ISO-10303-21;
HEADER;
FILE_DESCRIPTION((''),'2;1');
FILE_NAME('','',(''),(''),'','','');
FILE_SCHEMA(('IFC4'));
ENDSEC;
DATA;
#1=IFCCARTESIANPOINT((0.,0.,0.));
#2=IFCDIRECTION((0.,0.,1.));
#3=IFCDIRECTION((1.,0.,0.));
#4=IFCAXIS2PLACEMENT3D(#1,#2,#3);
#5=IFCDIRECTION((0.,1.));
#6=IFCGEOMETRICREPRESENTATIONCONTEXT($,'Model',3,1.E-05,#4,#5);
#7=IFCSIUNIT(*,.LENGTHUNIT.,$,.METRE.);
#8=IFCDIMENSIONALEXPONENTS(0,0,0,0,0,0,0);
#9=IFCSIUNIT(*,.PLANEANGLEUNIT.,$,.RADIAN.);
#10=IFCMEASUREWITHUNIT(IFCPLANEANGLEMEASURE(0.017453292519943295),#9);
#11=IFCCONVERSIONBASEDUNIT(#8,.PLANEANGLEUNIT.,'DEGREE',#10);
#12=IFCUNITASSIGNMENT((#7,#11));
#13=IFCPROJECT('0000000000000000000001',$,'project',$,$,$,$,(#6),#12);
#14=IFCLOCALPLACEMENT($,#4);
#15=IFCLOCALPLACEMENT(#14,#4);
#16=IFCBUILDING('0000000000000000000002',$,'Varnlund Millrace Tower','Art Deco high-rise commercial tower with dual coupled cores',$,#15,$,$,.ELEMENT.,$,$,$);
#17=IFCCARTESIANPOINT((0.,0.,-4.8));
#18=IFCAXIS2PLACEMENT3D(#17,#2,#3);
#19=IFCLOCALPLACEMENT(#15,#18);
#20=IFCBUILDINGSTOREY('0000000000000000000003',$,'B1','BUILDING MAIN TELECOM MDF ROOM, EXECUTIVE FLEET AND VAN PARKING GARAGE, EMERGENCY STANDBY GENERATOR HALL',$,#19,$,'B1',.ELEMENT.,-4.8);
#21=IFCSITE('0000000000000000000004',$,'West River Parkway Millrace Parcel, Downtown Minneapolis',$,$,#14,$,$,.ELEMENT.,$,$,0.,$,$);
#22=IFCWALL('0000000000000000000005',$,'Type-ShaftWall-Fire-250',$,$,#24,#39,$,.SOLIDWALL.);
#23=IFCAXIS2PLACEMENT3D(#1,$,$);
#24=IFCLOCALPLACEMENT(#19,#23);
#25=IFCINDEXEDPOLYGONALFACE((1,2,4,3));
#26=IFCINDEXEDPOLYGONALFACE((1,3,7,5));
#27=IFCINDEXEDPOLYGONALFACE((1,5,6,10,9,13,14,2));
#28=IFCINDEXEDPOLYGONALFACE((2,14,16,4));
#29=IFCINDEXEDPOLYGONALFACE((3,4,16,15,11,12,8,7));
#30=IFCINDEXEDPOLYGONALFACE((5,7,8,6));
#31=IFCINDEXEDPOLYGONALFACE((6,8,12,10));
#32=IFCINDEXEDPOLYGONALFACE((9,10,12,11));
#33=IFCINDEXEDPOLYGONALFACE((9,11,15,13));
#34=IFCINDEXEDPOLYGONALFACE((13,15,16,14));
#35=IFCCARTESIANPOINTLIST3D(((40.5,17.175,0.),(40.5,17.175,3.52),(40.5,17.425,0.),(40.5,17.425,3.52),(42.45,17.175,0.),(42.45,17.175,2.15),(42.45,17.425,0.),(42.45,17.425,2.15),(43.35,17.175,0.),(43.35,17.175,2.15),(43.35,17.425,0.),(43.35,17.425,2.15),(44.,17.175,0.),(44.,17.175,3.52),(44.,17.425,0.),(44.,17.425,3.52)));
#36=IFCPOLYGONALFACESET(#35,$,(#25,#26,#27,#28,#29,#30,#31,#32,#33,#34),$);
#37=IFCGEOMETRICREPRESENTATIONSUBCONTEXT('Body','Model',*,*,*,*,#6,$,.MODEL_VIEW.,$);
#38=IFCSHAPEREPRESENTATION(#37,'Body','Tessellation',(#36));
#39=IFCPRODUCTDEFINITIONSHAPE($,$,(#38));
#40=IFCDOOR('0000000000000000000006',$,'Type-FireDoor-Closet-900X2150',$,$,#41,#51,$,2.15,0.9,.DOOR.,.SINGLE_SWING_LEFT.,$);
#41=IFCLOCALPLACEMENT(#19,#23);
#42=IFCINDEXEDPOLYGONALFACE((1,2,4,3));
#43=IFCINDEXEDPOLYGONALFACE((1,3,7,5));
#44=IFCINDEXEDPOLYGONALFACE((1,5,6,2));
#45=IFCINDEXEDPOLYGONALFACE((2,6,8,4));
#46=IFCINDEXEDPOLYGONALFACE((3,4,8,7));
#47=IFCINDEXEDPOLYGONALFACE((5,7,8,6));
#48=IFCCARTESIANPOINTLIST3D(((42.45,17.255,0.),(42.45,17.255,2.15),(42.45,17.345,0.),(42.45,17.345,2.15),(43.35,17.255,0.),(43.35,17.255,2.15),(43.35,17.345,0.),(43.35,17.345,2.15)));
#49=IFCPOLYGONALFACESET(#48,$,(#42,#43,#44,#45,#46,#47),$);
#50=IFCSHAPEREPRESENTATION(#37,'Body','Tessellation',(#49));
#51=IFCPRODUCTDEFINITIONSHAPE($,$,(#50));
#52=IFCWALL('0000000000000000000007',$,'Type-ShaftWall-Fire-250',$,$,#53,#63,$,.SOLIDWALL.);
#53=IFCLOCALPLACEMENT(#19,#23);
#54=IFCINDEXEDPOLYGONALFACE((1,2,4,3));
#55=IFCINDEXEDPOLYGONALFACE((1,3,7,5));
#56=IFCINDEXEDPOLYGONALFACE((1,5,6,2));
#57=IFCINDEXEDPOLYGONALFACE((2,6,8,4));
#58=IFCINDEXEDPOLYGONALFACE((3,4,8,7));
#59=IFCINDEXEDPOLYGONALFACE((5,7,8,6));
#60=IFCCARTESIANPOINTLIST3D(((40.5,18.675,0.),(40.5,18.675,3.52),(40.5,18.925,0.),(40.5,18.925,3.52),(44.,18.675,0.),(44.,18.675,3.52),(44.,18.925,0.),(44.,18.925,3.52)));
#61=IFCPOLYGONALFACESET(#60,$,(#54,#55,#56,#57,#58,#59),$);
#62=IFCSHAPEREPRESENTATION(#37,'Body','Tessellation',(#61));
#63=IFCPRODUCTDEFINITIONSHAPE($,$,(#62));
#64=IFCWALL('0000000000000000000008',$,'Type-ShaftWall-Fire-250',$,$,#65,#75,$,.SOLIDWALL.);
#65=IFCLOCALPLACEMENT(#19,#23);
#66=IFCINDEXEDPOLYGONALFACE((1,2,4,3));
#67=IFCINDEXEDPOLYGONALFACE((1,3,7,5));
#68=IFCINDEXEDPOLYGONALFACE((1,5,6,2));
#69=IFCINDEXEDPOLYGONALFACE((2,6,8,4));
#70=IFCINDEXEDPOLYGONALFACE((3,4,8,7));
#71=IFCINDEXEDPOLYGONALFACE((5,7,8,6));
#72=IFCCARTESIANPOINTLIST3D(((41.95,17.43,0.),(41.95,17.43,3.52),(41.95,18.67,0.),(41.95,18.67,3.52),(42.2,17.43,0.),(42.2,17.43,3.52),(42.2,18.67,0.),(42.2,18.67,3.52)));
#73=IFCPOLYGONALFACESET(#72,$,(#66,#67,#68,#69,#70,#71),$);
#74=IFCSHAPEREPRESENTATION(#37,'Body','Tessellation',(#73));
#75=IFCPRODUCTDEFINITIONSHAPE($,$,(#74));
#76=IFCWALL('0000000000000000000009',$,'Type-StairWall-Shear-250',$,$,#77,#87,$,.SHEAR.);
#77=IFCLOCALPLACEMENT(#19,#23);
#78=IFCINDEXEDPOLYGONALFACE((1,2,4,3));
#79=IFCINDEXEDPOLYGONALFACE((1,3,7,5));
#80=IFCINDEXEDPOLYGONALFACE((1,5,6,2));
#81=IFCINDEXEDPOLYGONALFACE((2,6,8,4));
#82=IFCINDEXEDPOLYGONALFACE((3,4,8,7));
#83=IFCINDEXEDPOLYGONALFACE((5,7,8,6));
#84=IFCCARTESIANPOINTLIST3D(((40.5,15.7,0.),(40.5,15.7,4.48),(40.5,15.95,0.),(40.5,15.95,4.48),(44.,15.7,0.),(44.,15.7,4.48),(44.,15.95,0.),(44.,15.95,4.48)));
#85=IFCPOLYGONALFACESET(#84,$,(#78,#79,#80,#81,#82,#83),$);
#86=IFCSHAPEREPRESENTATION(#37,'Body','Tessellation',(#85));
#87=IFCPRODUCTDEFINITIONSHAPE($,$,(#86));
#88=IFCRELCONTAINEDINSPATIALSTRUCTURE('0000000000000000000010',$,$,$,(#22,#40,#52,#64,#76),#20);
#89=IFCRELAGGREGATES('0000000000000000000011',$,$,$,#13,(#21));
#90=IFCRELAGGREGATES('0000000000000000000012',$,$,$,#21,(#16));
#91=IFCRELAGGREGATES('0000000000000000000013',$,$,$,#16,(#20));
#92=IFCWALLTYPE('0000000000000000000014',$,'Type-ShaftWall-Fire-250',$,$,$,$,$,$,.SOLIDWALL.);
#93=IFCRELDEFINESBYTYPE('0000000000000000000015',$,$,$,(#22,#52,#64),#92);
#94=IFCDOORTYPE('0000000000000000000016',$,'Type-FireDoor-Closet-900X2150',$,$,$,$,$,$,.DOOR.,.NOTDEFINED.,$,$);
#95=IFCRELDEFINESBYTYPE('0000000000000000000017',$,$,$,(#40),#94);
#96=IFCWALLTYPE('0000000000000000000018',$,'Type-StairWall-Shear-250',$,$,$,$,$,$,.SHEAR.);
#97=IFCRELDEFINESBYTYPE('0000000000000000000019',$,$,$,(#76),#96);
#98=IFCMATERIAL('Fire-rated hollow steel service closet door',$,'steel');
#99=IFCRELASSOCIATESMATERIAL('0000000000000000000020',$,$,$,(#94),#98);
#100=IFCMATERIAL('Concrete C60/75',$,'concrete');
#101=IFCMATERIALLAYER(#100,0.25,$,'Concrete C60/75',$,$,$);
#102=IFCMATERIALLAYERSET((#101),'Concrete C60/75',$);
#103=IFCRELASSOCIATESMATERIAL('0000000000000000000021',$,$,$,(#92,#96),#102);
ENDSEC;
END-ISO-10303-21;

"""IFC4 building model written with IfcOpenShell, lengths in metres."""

from ifc_helpers import new_model, entity, si_unit, converted_unit, direction, frame, origin_with_axes, origin_2d_with_axis, place, context, subcontext, project, spatial, polyline, rectangle, outline, extrude, material, layer, layer_set, type_object, element, fill, save


model = new_model("IFC4")

# Units and contexts
model_context = context("Model", 3, precision=1e-05, world=origin_with_axes(), true_north=direction((0.0, 1.0)))
body_context = subcontext(model_context, "Body", "Model", "MODEL_VIEW")
ifc_project = project(units=[si_unit("LENGTHUNIT", "METRE"), converted_unit("PLANEANGLEUNIT", "DEGREE", entity("IfcPlaneAngleMeasure", 0.017453292519943295), si_unit("PLANEANGLEUNIT", "RADIAN"), dimensions=[0, 0, 0, 0, 0, 0, 0])], contexts=[model_context])

# Site, building, storey
site_placement = place(None, origin_with_axes())
site = spatial("IfcSite", under=ifc_project, at=site_placement, Name="West River Parkway Millrace Parcel, Downtown Minneapolis", CompositionType="ELEMENT", RefElevation=0.0)
building_placement = place(site_placement, origin_with_axes())
building = spatial("IfcBuilding", under=site, at=building_placement, Name="Varnlund Millrace Tower", Description="Art Deco high-rise commercial tower with dual coupled cores", CompositionType="ELEMENT")
storey_placement = place(building_placement, frame((0.0, 0.0, -4.8), z_axis=(0.0, 0.0, 1.0), x_axis=(1.0, 0.0, 0.0)))
storey = spatial("IfcBuildingStorey", under=building, at=storey_placement, Name="B1", Description="BUILDING MAIN TELECOM MDF ROOM, EXECUTIVE FLEET AND VAN PARKING GARAGE, EMERGENCY STANDBY GENERATOR HALL", LongName="B1", CompositionType="ELEMENT", Elevation=-4.8)

# Shared definitions
ifc_material_1 = material(Name="Fire-rated hollow steel service closet door", Category="steel")
door_type_1 = type_object("IfcDoorType", Name="Type-FireDoor-Closet-900X2150", OperationType="NOTDEFINED", PredefinedType="DOOR", material=ifc_material_1)

# Wall, opening, door
ifc_material_2 = material(Name="Concrete C60/75", Category="concrete")
ifc_layer_1 = layer(ifc_material_2, 0.25, Name="Concrete C60/75")
ifc_layer_set_1 = layer_set([ifc_layer_1], Name="Concrete C60/75")
wall_type_1 = type_object("IfcWallType", Name="Type-ShaftWall-Fire-250", PredefinedType="SOLIDWALL", material=ifc_layer_set_1)
wall_1_placement = place(storey_placement, frame((40.5, 17.3, 0.0), z_axis=(0.0, 0.0, 1.0), x_axis=(1.0, 0.0, 0.0)))
wall_1 = element("IfcWall", 1, at=wall_1_placement, inside=storey, type_object=wall_type_1, Name="Type-ShaftWall-Fire-250", PredefinedType="SOLIDWALL", context=body_context, shape_type="SweptSolid", body=[
    extrude(outline(polyline([(0.0, -0.125), (3.5, -0.125), (3.5, 0.125), (0.0, 0.125), (0.0, -0.125)])), origin_with_axes(), (0.0, 0.0, 1.0), 3.52),
])
opening_1_placement = place(wall_1_placement, frame((2.4, 0.0, 0.0), z_axis=(0.0, 0.0, 1.0), x_axis=(1.0, 0.0, 0.0)))
opening_1 = element("IfcOpeningElement", 2, at=opening_1_placement, cuts=wall_1, PredefinedType="OPENING", context=body_context, shape_type="SweptSolid", body=[
    extrude(rectangle(XDim=0.9, YDim=0.27, at=origin_2d_with_axis()), origin_with_axes(), (0.0, 0.0, 1.0), 2.15),
])
door_1_placement = place(wall_1_placement, frame((2.4, 0.0, 0.0), z_axis=(0.0, 0.0, 1.0), x_axis=(1.0, 0.0, 0.0)))
door_1 = element("IfcDoor", 3, at=door_1_placement, inside=storey, type_object=door_type_1, Name="Type-FireDoor-Closet-900X2150", OperationType="SINGLE_SWING_LEFT", OverallHeight=2.15, OverallWidth=0.9, PredefinedType="DOOR", context=body_context, shape_type="SweptSolid", body=[
    extrude(rectangle(XDim=0.9, YDim=0.09, at=origin_2d_with_axis()), origin_with_axes(), (0.0, 0.0, 1.0), 2.15),
])
fill(opening_1, door_1)

# Walls
wall_2_placement = place(storey_placement, frame((40.5, 18.8, 0.0), z_axis=(0.0, 0.0, 1.0), x_axis=(1.0, 0.0, 0.0)))
element("IfcWall", 4, at=wall_2_placement, inside=storey, type_object=wall_type_1, Name="Type-ShaftWall-Fire-250", PredefinedType="SOLIDWALL", context=body_context, shape_type="SweptSolid", body=[
    extrude(outline(polyline([(0.0, -0.125), (3.5, -0.125), (3.5, 0.125), (0.0, 0.125), (0.0, -0.125)])), origin_with_axes(), (0.0, 0.0, 1.0), 3.52),
])
wall_3_placement = place(storey_placement, frame((42.075, 17.43, 0.0), z_axis=(0.0, 0.0, 1.0), x_axis=(0.0, 1.0, 0.0)))
element("IfcWall", 5, at=wall_3_placement, inside=storey, type_object=wall_type_1, Name="Type-ShaftWall-Fire-250", PredefinedType="SOLIDWALL", context=body_context, shape_type="SweptSolid", body=[
    extrude(outline(polyline([(0.0, -0.125), (1.24, -0.125), (1.24, 0.125), (0.0, 0.125), (0.0, -0.125)])), origin_with_axes(), (0.0, 0.0, 1.0), 3.52),
])
wall_type_2 = type_object("IfcWallType", Name="Type-StairWall-Shear-250", PredefinedType="SHEAR", material=ifc_layer_set_1)
wall_4_placement = place(storey_placement, frame((40.5, 15.825, 0.0), z_axis=(0.0, 0.0, 1.0), x_axis=(1.0, 0.0, 0.0)))
element("IfcWall", 6, at=wall_4_placement, inside=storey, type_object=wall_type_2, Name="Type-StairWall-Shear-250", PredefinedType="SHEAR", context=body_context, shape_type="SweptSolid", body=[
    extrude(outline(polyline([(0.0, -0.125), (3.5, -0.125), (3.5, 0.125), (0.0, 0.125), (0.0, -0.125)])), origin_with_axes(), (0.0, 0.0, 1.0), 4.48),
])

save(model, "model.ifc")
